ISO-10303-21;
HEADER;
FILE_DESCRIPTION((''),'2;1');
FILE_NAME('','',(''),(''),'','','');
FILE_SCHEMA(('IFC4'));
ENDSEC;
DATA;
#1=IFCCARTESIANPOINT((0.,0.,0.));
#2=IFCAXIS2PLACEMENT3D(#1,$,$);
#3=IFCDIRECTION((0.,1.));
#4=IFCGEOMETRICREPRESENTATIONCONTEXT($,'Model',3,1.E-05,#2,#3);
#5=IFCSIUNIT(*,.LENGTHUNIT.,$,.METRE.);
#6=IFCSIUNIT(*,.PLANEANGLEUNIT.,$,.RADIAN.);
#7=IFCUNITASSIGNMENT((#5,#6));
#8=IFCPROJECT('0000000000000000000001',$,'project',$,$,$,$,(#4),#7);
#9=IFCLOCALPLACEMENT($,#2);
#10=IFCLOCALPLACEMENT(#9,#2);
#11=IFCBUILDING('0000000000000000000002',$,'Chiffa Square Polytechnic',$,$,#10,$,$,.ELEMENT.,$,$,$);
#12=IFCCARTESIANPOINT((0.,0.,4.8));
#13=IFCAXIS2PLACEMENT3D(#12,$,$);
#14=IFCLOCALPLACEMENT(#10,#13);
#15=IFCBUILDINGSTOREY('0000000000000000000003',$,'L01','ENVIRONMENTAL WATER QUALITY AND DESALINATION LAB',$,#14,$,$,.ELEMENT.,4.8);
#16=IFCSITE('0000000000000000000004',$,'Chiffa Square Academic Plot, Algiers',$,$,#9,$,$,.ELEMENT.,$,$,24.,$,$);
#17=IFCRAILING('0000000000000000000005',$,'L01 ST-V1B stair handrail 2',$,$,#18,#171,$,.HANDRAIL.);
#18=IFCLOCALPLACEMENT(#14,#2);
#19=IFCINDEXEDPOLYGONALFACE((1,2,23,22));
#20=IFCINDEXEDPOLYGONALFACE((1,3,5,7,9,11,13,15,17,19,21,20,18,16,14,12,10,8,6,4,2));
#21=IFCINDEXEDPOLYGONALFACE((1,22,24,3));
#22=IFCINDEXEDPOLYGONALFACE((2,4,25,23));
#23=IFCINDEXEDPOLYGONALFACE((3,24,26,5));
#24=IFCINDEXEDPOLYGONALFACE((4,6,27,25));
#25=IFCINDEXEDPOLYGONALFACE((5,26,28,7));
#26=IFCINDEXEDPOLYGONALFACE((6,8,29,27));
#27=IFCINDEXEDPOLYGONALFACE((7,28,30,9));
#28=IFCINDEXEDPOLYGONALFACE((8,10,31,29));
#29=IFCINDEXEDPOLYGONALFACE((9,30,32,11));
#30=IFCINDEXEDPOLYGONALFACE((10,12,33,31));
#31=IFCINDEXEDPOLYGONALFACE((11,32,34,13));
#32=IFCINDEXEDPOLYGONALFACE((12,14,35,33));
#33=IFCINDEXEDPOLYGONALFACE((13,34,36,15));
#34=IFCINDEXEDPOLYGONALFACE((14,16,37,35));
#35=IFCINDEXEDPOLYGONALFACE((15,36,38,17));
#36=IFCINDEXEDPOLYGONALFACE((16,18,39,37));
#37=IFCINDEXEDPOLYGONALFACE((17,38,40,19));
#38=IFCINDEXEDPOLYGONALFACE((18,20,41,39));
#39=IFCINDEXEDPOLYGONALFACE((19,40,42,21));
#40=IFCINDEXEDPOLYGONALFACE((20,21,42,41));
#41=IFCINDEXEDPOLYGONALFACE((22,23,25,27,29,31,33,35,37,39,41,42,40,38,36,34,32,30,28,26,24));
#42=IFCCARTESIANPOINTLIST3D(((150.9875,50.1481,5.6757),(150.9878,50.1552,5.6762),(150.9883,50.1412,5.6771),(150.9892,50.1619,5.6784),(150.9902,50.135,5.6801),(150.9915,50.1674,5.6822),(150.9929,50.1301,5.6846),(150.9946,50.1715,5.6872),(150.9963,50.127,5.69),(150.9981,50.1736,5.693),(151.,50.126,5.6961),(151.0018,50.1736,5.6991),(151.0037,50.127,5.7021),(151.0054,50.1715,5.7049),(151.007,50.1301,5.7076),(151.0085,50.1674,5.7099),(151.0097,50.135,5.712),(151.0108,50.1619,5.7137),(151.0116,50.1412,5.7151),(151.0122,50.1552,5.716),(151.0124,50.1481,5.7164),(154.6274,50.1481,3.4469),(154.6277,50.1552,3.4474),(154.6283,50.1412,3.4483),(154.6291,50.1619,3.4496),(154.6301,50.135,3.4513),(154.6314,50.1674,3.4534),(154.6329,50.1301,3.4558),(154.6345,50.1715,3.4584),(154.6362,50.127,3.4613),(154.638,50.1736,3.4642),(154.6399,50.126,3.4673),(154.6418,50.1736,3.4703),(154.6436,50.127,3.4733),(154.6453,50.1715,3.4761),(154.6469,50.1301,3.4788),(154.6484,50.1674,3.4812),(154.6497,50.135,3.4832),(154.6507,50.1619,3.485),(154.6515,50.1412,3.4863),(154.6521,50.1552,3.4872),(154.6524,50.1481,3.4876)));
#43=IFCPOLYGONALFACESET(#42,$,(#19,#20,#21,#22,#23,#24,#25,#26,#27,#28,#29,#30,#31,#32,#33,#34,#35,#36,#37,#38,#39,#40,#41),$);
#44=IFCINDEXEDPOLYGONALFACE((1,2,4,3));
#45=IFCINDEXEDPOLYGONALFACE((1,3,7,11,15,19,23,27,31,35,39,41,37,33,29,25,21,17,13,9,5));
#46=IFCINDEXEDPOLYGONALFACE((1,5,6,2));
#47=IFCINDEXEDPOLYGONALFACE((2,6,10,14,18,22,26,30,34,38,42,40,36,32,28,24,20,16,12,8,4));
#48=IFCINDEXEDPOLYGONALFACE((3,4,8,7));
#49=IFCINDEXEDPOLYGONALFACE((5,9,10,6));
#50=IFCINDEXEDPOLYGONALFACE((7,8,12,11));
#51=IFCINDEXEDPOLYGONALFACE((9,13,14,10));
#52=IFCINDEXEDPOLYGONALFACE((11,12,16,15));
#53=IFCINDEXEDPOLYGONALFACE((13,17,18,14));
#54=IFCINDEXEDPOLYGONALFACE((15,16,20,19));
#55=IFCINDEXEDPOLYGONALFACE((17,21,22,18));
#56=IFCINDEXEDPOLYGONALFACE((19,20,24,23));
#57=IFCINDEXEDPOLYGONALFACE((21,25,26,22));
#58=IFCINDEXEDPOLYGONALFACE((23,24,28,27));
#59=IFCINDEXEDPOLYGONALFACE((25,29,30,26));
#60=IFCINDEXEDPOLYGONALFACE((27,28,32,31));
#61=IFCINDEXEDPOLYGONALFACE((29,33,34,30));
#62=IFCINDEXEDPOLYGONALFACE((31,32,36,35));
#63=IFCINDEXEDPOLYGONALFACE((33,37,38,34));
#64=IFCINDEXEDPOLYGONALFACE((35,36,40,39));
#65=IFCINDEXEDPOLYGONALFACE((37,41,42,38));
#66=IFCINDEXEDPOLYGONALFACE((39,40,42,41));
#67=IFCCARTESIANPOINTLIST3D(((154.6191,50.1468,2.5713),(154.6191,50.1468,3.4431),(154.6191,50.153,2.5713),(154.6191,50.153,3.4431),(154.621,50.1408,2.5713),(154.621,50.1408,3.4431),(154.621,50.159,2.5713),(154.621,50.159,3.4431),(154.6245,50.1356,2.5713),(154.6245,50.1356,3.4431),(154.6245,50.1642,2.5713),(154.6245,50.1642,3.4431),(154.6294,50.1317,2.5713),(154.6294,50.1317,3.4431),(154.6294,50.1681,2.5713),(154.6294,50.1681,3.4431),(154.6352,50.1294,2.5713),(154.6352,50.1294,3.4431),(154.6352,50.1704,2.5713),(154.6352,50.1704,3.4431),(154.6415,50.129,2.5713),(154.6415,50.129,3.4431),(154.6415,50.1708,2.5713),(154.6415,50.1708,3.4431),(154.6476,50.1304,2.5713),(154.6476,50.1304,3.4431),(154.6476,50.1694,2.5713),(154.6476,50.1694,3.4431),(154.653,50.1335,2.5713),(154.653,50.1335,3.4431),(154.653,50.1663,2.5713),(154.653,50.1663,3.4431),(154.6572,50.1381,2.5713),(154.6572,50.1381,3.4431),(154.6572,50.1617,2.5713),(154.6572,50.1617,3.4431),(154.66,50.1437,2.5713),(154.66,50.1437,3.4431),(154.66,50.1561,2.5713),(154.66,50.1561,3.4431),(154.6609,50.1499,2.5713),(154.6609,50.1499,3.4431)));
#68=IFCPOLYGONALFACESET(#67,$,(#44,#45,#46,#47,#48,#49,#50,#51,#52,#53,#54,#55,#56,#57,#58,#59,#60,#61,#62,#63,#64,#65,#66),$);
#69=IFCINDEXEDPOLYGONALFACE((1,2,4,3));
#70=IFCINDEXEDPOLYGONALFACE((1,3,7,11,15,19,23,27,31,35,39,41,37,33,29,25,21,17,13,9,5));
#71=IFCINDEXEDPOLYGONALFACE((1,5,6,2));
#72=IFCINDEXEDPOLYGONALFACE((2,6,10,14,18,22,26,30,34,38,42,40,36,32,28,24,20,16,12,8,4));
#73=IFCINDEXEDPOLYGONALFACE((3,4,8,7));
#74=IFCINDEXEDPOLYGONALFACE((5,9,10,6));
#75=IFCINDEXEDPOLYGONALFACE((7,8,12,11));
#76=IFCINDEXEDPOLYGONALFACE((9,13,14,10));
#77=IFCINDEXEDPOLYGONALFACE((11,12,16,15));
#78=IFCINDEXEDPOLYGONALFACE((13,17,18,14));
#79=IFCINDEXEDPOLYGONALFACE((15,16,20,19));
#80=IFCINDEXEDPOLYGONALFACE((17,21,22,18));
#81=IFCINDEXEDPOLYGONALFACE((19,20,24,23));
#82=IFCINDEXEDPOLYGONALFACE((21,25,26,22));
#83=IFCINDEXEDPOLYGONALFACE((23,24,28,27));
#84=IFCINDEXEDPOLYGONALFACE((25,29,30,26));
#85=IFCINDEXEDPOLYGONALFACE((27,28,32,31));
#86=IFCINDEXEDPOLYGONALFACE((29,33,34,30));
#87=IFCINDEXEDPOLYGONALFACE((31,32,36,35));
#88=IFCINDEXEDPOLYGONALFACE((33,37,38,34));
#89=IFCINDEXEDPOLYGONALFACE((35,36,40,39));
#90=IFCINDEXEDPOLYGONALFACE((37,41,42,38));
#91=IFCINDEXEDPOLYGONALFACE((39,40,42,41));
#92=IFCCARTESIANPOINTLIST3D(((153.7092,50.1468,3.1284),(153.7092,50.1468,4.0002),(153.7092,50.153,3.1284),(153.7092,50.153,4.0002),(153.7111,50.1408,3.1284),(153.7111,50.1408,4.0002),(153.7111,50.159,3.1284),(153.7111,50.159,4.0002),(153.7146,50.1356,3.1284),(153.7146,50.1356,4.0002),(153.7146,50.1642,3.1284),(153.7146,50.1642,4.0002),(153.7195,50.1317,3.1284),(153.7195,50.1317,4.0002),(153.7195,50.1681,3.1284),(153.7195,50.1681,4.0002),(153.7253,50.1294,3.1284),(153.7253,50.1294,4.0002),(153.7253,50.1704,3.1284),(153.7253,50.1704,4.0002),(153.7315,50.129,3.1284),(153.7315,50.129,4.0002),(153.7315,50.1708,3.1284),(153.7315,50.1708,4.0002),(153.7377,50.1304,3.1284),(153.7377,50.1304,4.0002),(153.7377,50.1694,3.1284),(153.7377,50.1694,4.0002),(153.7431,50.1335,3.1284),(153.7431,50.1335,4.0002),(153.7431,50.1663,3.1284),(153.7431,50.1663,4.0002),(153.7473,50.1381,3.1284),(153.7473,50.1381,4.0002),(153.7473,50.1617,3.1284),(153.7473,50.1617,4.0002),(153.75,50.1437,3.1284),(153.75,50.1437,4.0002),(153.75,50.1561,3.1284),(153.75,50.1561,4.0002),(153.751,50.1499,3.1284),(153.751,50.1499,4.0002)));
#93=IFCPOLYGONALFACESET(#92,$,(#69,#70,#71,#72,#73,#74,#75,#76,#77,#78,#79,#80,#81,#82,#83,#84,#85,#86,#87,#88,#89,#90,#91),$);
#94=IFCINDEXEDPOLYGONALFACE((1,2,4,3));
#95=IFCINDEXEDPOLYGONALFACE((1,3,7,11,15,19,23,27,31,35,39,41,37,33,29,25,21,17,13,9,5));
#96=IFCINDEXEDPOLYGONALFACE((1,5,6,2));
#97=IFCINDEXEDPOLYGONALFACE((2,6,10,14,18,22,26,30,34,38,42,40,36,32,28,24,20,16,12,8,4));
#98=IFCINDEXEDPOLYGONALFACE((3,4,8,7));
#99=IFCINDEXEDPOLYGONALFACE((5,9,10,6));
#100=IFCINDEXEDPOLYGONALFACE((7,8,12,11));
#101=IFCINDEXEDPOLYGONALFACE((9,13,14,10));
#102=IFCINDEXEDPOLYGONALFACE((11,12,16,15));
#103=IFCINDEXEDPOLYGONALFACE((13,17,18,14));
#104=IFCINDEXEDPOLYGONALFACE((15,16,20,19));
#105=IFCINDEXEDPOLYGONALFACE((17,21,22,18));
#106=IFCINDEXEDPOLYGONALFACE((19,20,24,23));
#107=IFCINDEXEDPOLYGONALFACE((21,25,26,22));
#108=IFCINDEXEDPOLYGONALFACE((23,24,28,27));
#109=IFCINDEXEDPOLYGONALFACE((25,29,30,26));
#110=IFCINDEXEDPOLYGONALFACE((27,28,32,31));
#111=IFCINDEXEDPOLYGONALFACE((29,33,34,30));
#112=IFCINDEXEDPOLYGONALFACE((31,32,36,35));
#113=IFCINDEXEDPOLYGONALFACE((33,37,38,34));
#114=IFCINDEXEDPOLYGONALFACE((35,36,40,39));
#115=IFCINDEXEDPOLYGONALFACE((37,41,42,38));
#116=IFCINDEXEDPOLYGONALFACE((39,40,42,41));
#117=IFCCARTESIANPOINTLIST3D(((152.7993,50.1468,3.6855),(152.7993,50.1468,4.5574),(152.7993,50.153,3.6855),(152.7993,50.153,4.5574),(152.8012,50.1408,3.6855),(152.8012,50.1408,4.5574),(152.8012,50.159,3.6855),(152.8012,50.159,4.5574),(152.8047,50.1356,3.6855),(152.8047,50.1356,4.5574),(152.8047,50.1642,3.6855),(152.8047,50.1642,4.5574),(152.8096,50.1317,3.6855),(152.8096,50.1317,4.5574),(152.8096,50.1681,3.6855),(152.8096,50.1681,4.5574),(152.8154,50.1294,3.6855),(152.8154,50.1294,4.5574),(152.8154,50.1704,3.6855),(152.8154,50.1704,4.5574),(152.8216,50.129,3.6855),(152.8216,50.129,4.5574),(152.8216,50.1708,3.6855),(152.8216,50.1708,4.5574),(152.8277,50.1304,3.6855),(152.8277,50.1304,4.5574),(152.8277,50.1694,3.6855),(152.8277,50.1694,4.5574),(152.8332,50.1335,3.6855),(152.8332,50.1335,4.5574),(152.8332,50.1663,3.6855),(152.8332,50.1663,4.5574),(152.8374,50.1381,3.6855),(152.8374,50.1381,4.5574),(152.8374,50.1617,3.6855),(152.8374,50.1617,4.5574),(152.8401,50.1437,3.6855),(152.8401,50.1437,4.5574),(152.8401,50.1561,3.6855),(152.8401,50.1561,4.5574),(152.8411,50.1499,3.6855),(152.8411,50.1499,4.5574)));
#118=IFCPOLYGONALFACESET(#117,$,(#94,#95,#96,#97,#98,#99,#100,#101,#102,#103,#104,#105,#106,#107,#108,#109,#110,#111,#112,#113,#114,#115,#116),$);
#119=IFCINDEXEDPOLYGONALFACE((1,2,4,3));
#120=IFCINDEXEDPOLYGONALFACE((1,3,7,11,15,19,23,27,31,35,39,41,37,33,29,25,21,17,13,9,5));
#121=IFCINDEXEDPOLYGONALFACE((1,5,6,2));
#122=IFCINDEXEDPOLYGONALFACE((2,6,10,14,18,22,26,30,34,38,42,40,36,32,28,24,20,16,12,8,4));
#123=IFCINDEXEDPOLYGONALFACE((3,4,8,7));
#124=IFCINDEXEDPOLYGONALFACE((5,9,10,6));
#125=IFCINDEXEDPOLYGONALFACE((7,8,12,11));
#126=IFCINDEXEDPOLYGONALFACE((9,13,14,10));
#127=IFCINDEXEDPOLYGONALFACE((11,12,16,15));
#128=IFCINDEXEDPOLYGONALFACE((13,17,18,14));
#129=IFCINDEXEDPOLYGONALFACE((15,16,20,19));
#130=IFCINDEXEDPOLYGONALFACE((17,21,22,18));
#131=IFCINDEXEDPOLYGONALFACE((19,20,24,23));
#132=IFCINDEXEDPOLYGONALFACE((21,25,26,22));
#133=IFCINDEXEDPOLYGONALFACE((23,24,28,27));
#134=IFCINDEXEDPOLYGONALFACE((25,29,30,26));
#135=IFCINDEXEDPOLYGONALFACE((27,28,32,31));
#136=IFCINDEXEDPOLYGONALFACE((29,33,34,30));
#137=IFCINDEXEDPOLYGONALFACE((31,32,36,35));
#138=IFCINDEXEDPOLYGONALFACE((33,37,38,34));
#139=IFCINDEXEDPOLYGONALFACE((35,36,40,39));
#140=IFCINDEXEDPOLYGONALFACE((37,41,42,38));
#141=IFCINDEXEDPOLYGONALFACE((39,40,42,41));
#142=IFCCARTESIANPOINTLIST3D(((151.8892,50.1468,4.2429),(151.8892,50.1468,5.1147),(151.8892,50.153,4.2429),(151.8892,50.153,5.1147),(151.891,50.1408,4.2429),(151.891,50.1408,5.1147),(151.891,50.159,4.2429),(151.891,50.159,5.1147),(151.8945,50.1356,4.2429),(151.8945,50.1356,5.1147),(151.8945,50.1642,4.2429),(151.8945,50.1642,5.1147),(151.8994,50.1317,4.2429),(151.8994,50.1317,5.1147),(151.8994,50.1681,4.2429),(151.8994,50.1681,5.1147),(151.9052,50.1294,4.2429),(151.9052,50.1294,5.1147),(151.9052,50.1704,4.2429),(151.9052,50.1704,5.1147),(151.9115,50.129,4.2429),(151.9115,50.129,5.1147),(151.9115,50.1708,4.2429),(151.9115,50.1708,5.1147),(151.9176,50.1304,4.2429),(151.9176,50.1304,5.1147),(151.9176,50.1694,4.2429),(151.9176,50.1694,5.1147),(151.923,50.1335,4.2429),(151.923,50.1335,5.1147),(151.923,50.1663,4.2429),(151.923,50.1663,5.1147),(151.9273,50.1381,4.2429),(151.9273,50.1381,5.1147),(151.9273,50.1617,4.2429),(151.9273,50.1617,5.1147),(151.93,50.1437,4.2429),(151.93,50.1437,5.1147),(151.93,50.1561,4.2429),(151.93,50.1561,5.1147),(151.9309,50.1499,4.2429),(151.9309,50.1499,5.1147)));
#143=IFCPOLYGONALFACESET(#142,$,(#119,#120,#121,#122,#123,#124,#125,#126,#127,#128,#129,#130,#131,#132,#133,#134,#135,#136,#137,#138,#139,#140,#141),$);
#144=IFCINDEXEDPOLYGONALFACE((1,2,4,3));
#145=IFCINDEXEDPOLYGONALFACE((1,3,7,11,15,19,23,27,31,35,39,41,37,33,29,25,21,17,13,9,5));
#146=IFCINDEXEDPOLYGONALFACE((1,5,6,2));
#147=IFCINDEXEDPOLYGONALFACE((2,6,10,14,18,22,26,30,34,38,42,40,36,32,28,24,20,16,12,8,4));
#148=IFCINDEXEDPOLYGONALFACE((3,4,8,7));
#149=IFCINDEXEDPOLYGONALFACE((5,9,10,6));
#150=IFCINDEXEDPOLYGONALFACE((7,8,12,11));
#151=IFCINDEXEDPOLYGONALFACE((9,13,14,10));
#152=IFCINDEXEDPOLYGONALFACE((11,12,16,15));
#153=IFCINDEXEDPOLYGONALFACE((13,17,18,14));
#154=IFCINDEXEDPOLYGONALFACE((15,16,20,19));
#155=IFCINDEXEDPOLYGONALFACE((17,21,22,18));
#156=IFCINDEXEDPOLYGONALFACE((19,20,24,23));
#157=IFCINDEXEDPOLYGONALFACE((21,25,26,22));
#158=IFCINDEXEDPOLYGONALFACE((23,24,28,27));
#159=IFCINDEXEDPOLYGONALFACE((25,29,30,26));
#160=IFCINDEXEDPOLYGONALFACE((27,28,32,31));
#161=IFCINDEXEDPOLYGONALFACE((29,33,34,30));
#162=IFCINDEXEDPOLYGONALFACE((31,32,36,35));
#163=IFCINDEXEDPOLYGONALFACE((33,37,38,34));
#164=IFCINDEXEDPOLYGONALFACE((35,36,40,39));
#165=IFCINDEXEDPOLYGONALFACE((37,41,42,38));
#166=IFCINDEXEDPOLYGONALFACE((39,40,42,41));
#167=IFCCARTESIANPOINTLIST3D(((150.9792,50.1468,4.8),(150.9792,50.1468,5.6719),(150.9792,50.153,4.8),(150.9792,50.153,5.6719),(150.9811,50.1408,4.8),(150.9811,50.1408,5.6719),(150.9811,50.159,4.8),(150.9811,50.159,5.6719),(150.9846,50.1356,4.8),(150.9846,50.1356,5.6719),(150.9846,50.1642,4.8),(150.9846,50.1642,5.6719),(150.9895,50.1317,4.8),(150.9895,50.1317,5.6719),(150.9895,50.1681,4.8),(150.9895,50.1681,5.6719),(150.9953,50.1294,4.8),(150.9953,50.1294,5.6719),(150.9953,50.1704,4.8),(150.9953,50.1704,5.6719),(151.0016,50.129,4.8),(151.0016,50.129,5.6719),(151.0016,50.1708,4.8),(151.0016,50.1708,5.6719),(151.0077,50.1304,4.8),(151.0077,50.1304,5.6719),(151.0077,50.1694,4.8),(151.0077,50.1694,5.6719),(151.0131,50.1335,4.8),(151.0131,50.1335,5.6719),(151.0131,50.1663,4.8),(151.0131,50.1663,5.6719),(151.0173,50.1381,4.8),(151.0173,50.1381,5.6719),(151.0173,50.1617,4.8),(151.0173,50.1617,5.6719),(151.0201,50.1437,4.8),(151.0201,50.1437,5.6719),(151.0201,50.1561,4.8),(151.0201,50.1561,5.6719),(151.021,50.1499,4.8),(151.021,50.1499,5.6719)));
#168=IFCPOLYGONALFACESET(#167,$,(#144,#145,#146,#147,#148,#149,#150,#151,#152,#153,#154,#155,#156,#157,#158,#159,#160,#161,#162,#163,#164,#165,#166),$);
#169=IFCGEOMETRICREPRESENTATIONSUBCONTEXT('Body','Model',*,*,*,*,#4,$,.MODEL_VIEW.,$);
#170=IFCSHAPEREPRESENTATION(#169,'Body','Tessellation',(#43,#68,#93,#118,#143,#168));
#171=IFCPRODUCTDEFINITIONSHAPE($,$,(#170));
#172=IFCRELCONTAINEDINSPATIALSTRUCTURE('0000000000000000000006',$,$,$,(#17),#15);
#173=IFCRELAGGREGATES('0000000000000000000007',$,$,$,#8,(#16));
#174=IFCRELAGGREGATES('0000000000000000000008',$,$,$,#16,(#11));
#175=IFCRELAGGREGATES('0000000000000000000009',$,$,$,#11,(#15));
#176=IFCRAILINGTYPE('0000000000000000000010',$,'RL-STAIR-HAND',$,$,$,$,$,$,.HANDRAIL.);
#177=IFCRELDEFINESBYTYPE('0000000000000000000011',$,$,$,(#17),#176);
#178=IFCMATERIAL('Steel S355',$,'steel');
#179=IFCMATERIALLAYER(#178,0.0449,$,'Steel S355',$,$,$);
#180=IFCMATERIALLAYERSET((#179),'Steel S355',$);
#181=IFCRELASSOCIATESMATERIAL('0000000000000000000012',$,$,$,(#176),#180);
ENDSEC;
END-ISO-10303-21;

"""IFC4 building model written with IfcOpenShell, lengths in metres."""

from ifc_helpers import new_model, si_unit, direction, frame, origin, origin_2d, place, context, subcontext, project, spatial, circle, extrude, material, layer, layer_set, type_object, element, save


model = new_model("IFC4")

# Units and contexts
model_context = context("Model", 3, precision=1e-05, world=origin(), true_north=direction((0.0, 1.0)))
body_context = subcontext(model_context, "Body", "Model", "MODEL_VIEW")
ifc_project = project(units=[si_unit("LENGTHUNIT", "METRE"), si_unit("PLANEANGLEUNIT", "RADIAN")], contexts=[model_context])

# Site, building, storey
site_placement = place(None, origin())
site = spatial("IfcSite", under=ifc_project, at=site_placement, Name="Chiffa Square Academic Plot, Algiers", CompositionType="ELEMENT", RefElevation=24.0)
building_placement = place(site_placement, origin())
building = spatial("IfcBuilding", under=site, at=building_placement, Name="Chiffa Square Polytechnic", CompositionType="ELEMENT")
storey_placement = place(building_placement, frame((0.0, 0.0, 4.8)))
storey = spatial("IfcBuildingStorey", under=building, at=storey_placement, Name="L01", Description="ENVIRONMENTAL WATER QUALITY AND DESALINATION LAB", CompositionType="ELEMENT", Elevation=4.8)

# Railing
ifc_material_1 = material(Name="Steel S355", Category="steel")
ifc_layer_1 = layer(ifc_material_1, 0.0449, Name="Steel S355")
ifc_layer_set_1 = layer_set([ifc_layer_1], Name="Steel S355")
railing_type_1 = type_object("IfcRailingType", Name="RL-STAIR-HAND", PredefinedType="HANDRAIL", material=ifc_layer_set_1)
railing_1_placement = place(storey_placement, frame((154.6399, 50.1499, 2.5713)))
element("IfcRailing", 1, at=railing_1_placement, inside=storey, type_object=railing_type_1, Name="L01 ST-V1B stair handrail 2", PredefinedType="HANDRAIL", context=body_context, shape_type="SweptSolid", body=[
    extrude(circle(Radius=0.0239, at=origin_2d()), frame((0.0, 0.0, 0.896), z_axis=(-0.852825, 0.0, 0.522197), x_axis=(0.0, -1.0, 0.0)), (0.0, 0.0, 1.0), 4.2681),
    extrude(circle(Radius=0.021, at=origin_2d()), origin(), (0.0, 0.0, 1.0), 0.8718),
    extrude(circle(Radius=0.021, at=origin_2d()), frame((-0.9099, 0.0, 0.5571)), (0.0, 0.0, 1.0), 0.8718),
    extrude(circle(Radius=0.021, at=origin_2d()), frame((-1.8198, 0.0, 1.1143)), (0.0, 0.0, 1.0), 0.8718),
    extrude(circle(Radius=0.021, at=origin_2d()), frame((-2.73, 0.0, 1.6716)), (0.0, 0.0, 1.0), 0.8718),
    extrude(circle(Radius=0.021, at=origin_2d()), frame((-3.6399, 0.0, 2.2288)), (0.0, 0.0, 1.0), 0.8718),
])

save(model, "model.ifc")
